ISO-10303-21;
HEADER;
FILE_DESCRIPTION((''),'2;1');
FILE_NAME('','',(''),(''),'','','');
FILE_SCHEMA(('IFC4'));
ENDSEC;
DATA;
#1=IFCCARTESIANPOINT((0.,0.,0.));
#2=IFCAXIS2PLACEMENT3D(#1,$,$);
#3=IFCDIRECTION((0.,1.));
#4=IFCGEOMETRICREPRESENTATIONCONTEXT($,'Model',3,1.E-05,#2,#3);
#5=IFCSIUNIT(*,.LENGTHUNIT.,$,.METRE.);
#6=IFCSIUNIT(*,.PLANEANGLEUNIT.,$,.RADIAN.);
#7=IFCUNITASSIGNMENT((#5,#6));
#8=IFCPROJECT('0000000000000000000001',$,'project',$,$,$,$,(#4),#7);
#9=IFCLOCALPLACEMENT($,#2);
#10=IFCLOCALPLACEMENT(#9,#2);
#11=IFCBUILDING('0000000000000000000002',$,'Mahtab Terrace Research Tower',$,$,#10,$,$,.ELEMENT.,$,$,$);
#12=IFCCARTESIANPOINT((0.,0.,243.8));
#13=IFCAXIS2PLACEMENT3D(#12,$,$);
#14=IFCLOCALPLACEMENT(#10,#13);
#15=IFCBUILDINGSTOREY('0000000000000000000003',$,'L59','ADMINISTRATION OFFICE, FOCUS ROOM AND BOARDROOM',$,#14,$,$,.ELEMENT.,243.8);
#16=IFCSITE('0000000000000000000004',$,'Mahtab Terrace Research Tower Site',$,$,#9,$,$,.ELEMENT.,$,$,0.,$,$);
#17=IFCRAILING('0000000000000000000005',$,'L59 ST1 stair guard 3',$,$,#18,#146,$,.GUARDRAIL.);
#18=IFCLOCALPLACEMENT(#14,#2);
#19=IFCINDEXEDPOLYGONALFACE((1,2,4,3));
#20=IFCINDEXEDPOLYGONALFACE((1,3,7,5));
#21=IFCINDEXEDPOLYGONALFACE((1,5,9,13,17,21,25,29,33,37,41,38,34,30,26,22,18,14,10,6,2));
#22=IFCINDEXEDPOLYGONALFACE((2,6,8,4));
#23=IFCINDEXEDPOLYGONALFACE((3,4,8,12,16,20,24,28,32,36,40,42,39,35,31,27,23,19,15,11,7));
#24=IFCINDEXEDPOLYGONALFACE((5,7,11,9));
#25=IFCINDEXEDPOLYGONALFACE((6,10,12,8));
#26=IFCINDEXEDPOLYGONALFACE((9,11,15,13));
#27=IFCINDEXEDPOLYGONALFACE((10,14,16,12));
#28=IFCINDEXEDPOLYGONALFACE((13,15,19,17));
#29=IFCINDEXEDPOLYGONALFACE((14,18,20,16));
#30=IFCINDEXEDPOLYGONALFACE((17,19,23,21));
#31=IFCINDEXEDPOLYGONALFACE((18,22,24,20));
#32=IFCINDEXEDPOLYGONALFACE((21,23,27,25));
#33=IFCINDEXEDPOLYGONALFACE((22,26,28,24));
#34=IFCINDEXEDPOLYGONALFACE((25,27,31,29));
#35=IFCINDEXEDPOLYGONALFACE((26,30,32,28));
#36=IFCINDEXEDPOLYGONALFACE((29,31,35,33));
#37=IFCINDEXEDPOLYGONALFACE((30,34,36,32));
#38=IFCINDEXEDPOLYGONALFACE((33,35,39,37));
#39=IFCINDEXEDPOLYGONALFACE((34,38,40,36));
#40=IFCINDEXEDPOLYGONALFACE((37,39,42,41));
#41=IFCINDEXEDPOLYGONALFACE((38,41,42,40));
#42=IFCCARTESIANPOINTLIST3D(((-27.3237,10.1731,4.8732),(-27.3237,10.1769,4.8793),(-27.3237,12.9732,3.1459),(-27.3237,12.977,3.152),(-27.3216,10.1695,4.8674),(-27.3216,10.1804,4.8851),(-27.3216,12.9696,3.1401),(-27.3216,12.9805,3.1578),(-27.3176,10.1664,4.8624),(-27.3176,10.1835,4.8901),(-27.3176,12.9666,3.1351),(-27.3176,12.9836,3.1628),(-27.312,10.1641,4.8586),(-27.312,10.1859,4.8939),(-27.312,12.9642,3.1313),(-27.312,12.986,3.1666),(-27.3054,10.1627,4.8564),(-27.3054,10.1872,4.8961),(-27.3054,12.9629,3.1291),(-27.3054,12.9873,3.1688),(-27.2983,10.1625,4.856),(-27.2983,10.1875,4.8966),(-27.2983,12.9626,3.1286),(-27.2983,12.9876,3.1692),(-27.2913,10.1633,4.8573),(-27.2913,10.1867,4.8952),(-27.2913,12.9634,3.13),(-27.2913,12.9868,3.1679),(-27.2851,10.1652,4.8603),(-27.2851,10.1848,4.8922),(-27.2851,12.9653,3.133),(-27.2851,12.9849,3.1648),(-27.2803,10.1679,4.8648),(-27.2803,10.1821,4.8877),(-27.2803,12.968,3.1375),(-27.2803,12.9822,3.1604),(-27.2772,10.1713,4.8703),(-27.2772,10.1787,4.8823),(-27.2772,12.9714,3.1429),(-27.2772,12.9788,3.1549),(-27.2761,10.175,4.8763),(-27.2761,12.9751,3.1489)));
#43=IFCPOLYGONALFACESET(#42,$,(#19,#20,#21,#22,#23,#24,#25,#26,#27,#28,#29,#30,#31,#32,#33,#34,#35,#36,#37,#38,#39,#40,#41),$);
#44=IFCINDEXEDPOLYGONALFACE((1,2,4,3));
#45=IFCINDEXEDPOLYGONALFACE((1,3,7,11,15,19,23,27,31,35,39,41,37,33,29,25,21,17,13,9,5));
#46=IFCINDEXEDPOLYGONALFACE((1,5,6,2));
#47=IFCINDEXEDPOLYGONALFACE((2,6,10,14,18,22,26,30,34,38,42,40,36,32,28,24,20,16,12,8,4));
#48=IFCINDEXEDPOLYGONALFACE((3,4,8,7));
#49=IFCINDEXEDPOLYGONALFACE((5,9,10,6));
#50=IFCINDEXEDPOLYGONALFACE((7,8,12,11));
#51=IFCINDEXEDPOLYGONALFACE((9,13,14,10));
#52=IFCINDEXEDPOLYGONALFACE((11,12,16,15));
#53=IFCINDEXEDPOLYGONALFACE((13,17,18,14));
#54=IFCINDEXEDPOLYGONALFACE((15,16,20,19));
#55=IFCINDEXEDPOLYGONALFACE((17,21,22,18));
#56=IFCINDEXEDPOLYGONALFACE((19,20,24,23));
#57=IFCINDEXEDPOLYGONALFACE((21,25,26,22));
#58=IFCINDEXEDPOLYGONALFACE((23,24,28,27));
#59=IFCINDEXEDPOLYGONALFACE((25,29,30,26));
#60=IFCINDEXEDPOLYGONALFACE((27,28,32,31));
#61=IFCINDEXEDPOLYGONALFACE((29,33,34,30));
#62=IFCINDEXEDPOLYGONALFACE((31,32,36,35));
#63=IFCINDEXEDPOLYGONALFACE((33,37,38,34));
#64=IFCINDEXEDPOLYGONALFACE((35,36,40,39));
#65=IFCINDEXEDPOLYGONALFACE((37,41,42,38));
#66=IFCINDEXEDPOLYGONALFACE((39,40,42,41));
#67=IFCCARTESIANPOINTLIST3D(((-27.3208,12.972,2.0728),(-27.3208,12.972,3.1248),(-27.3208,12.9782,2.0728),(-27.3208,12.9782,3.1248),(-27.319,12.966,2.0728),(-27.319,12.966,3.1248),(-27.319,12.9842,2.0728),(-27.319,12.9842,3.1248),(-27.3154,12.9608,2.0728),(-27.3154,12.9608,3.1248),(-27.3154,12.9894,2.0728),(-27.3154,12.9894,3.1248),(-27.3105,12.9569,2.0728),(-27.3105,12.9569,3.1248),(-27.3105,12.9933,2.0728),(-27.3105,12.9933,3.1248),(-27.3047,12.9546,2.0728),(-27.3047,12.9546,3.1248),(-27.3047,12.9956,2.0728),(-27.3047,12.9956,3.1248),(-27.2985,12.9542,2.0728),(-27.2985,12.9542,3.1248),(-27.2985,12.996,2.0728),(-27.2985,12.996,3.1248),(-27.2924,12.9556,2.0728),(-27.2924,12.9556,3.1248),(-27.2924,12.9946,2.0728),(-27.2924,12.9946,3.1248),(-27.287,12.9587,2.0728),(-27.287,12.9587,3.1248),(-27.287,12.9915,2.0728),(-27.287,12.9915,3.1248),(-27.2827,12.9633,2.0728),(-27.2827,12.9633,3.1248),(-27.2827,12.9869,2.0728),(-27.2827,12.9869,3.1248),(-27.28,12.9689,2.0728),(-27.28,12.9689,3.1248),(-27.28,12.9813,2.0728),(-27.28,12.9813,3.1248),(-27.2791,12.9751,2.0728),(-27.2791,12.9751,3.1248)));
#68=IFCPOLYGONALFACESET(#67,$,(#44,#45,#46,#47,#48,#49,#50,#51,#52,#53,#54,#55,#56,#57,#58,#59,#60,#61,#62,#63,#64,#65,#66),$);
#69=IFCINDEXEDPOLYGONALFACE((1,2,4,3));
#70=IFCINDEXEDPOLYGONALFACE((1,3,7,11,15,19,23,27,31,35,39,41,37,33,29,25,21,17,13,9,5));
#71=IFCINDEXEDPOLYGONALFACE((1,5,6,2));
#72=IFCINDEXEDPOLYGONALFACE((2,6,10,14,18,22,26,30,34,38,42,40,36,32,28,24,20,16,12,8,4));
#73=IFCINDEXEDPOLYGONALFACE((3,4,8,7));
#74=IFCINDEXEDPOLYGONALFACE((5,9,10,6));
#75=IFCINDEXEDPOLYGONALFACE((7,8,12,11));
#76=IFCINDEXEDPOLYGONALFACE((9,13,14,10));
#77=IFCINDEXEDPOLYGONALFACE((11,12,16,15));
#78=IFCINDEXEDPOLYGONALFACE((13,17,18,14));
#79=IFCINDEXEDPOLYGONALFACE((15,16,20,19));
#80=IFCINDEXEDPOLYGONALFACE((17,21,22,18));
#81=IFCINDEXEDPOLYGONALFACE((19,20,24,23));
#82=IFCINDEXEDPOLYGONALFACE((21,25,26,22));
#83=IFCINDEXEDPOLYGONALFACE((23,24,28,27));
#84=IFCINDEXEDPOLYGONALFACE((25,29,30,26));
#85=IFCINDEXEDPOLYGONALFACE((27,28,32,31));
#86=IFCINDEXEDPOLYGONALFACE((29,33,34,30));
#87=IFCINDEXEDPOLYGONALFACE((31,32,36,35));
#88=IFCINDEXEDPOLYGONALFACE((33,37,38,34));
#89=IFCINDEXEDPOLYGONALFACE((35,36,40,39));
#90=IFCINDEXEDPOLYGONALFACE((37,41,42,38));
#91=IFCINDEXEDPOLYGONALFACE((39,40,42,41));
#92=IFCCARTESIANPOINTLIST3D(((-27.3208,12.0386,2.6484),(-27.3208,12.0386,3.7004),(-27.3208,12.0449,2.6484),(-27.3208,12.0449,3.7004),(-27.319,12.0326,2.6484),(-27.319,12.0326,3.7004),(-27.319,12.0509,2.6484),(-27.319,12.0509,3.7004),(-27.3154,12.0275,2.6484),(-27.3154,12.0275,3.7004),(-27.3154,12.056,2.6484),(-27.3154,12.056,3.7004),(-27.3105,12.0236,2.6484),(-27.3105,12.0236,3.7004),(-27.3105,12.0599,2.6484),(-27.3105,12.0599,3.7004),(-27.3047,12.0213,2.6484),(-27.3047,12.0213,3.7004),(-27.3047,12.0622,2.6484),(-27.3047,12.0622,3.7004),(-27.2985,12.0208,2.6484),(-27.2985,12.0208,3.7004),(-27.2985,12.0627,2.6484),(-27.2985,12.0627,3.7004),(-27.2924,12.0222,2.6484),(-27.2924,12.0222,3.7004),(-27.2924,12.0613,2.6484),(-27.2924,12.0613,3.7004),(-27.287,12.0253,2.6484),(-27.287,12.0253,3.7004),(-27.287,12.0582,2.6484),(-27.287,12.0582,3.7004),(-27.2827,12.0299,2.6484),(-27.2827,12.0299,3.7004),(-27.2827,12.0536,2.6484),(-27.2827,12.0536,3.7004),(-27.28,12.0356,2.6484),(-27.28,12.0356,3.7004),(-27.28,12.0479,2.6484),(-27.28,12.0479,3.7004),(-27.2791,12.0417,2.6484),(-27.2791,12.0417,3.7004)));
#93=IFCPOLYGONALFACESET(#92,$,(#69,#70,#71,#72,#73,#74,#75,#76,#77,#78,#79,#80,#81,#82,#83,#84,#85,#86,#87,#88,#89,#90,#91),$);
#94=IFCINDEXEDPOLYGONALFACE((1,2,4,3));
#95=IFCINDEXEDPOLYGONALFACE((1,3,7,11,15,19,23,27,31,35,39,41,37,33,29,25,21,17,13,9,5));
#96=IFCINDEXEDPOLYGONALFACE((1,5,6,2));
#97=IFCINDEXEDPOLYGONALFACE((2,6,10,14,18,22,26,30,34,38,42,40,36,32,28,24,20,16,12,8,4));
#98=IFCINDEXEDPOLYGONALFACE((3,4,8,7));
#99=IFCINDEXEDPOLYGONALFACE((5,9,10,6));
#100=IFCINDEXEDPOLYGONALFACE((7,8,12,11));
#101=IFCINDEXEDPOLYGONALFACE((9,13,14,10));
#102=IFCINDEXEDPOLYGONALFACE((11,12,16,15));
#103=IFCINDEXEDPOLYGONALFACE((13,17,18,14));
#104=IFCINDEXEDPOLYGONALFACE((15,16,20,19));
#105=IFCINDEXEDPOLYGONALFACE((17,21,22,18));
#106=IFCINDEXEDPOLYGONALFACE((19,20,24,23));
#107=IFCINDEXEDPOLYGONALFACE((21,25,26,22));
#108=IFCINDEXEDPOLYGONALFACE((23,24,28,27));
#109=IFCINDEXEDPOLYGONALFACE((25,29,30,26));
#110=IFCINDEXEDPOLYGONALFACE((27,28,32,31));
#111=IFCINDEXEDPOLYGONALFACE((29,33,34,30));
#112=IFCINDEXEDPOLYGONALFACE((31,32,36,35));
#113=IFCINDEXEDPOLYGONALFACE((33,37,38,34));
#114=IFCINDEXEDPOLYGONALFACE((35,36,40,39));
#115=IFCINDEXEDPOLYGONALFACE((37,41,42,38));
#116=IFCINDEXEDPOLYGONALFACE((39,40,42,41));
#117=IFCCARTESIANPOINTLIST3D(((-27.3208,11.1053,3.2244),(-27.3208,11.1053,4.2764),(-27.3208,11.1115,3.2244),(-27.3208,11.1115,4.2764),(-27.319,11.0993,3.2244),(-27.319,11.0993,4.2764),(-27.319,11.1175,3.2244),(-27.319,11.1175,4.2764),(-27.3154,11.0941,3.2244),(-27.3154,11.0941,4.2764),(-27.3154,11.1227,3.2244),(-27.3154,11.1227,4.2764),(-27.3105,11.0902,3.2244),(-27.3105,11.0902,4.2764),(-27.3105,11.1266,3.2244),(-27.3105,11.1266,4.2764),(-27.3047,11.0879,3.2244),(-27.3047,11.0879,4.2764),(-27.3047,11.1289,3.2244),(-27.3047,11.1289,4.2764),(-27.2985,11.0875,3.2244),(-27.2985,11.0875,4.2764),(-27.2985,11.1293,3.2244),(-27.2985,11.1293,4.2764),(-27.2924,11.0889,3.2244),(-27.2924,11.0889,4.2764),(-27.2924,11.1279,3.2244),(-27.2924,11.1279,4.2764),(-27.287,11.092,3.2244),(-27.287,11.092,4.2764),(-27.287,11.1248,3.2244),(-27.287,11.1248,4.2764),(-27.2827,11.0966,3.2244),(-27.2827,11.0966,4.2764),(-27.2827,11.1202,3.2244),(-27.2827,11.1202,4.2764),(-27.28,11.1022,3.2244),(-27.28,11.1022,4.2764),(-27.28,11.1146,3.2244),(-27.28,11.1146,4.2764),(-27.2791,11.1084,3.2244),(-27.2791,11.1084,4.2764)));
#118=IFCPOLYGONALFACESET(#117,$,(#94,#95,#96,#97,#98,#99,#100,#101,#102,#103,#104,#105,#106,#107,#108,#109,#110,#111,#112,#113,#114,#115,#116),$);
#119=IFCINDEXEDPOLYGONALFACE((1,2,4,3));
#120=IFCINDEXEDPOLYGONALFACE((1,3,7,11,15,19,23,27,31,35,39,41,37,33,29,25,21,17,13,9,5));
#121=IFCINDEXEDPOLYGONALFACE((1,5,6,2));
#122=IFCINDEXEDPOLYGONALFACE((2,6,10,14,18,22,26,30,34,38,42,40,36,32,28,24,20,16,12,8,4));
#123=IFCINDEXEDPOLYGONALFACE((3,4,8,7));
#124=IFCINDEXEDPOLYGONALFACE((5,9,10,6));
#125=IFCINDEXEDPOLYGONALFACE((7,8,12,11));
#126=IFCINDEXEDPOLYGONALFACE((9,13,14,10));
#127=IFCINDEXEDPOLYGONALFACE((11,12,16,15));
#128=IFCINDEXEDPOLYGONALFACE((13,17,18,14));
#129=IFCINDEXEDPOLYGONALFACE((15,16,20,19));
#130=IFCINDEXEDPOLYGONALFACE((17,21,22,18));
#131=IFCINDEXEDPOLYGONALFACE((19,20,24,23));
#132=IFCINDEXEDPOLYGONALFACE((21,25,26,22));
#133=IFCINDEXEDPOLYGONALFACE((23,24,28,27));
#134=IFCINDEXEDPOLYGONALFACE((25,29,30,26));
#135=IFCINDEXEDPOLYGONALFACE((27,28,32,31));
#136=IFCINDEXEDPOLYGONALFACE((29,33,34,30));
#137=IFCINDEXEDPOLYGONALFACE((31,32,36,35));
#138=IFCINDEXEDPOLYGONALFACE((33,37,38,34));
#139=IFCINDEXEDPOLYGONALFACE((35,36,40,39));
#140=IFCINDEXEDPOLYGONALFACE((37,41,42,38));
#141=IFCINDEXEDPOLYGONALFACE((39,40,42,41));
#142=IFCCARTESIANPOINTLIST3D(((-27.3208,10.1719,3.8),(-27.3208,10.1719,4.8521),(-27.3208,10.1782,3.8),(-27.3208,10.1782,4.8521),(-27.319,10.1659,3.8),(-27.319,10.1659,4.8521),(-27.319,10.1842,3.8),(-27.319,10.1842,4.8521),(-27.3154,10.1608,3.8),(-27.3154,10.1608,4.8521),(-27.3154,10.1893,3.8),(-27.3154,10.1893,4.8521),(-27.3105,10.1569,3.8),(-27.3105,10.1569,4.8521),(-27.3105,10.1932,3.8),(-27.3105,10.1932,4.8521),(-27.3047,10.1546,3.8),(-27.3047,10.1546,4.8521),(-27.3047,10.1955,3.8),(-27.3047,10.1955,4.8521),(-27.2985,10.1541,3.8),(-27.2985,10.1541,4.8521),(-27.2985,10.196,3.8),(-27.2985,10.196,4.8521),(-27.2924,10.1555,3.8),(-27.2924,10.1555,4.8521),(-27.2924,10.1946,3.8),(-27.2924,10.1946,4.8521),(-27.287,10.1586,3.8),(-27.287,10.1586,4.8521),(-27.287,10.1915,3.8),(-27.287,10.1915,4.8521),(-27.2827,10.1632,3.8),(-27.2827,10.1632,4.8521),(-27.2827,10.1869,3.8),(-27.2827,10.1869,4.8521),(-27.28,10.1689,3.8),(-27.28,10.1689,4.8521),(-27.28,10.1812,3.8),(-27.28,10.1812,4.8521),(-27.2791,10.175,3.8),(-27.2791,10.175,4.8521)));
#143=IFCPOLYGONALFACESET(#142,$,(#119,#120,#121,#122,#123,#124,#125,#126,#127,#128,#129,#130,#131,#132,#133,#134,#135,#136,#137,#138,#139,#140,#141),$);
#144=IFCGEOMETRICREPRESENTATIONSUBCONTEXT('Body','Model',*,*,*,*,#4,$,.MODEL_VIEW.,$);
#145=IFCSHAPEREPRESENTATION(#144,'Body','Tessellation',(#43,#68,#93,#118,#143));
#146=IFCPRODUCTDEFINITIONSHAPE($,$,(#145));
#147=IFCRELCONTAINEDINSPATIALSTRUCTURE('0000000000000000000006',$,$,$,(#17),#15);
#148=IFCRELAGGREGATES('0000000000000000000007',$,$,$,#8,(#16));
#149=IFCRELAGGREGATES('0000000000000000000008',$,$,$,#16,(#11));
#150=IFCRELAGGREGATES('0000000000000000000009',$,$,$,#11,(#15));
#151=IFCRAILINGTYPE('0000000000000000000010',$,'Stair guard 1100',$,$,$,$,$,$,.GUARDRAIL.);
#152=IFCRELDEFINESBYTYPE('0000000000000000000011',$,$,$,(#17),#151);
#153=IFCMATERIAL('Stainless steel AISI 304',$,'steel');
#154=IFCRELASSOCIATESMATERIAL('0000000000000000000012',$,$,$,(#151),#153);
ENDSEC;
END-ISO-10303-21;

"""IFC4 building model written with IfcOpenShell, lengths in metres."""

from ifc_helpers import new_model, si_unit, direction, frame, origin, origin_2d, place, context, subcontext, project, spatial, circle, extrude, material, type_object, element, save


model = new_model("IFC4")

# Units and contexts
model_context = context("Model", 3, precision=1e-05, world=origin(), true_north=direction((0.0, 1.0)))
body_context = subcontext(model_context, "Body", "Model", "MODEL_VIEW")
ifc_project = project(units=[si_unit("LENGTHUNIT", "METRE"), si_unit("PLANEANGLEUNIT", "RADIAN")], contexts=[model_context])

# Site, building, storey
site_placement = place(None, origin())
site = spatial("IfcSite", under=ifc_project, at=site_placement, Name="Mahtab Terrace Research Tower Site", CompositionType="ELEMENT", RefElevation=0.0)
building_placement = place(site_placement, origin())
building = spatial("IfcBuilding", under=site, at=building_placement, Name="Mahtab Terrace Research Tower", CompositionType="ELEMENT")
storey_placement = place(building_placement, frame((0.0, 0.0, 243.8)))
storey = spatial("IfcBuildingStorey", under=building, at=storey_placement, Name="L59", Description="ADMINISTRATION OFFICE, FOCUS ROOM AND BOARDROOM", CompositionType="ELEMENT", Elevation=243.8)

# Railing
ifc_material_1 = material(Name="Stainless steel AISI 304", Category="steel")
railing_type_1 = type_object("IfcRailingType", Name="Stair guard 1100", PredefinedType="GUARDRAIL", material=ifc_material_1)
railing_1_placement = place(storey_placement, frame((-27.3, 12.9751, 2.0728)))
element("IfcRailing", 1, at=railing_1_placement, inside=storey, type_object=railing_type_1, Name="L59 ST1 stair guard 3", PredefinedType="GUARDRAIL", context=body_context, shape_type="SweptSolid", body=[
    extrude(circle(Radius=0.0239, at=origin_2d()), frame((0.0, 0.0, 1.0762), z_axis=(0.0, -0.85109, 0.52502), x_axis=(1.0, 0.0, 0.0)), (0.0, 0.0, 1.0), 3.29),
    extrude(circle(Radius=0.021, at=origin_2d()), origin(), (0.0, 0.0, 1.0), 1.052),
    extrude(circle(Radius=0.021, at=origin_2d()), frame((0.0, -0.9333, 0.5757)), (0.0, 0.0, 1.0), 1.052),
    extrude(circle(Radius=0.021, at=origin_2d()), frame((0.0, -1.8667, 1.1516)), (0.0, 0.0, 1.0), 1.052),
    extrude(circle(Radius=0.021, at=origin_2d()), frame((0.0, -2.8, 1.7273)), (0.0, 0.0, 1.0), 1.052),
])

save(model, "model.ifc")
